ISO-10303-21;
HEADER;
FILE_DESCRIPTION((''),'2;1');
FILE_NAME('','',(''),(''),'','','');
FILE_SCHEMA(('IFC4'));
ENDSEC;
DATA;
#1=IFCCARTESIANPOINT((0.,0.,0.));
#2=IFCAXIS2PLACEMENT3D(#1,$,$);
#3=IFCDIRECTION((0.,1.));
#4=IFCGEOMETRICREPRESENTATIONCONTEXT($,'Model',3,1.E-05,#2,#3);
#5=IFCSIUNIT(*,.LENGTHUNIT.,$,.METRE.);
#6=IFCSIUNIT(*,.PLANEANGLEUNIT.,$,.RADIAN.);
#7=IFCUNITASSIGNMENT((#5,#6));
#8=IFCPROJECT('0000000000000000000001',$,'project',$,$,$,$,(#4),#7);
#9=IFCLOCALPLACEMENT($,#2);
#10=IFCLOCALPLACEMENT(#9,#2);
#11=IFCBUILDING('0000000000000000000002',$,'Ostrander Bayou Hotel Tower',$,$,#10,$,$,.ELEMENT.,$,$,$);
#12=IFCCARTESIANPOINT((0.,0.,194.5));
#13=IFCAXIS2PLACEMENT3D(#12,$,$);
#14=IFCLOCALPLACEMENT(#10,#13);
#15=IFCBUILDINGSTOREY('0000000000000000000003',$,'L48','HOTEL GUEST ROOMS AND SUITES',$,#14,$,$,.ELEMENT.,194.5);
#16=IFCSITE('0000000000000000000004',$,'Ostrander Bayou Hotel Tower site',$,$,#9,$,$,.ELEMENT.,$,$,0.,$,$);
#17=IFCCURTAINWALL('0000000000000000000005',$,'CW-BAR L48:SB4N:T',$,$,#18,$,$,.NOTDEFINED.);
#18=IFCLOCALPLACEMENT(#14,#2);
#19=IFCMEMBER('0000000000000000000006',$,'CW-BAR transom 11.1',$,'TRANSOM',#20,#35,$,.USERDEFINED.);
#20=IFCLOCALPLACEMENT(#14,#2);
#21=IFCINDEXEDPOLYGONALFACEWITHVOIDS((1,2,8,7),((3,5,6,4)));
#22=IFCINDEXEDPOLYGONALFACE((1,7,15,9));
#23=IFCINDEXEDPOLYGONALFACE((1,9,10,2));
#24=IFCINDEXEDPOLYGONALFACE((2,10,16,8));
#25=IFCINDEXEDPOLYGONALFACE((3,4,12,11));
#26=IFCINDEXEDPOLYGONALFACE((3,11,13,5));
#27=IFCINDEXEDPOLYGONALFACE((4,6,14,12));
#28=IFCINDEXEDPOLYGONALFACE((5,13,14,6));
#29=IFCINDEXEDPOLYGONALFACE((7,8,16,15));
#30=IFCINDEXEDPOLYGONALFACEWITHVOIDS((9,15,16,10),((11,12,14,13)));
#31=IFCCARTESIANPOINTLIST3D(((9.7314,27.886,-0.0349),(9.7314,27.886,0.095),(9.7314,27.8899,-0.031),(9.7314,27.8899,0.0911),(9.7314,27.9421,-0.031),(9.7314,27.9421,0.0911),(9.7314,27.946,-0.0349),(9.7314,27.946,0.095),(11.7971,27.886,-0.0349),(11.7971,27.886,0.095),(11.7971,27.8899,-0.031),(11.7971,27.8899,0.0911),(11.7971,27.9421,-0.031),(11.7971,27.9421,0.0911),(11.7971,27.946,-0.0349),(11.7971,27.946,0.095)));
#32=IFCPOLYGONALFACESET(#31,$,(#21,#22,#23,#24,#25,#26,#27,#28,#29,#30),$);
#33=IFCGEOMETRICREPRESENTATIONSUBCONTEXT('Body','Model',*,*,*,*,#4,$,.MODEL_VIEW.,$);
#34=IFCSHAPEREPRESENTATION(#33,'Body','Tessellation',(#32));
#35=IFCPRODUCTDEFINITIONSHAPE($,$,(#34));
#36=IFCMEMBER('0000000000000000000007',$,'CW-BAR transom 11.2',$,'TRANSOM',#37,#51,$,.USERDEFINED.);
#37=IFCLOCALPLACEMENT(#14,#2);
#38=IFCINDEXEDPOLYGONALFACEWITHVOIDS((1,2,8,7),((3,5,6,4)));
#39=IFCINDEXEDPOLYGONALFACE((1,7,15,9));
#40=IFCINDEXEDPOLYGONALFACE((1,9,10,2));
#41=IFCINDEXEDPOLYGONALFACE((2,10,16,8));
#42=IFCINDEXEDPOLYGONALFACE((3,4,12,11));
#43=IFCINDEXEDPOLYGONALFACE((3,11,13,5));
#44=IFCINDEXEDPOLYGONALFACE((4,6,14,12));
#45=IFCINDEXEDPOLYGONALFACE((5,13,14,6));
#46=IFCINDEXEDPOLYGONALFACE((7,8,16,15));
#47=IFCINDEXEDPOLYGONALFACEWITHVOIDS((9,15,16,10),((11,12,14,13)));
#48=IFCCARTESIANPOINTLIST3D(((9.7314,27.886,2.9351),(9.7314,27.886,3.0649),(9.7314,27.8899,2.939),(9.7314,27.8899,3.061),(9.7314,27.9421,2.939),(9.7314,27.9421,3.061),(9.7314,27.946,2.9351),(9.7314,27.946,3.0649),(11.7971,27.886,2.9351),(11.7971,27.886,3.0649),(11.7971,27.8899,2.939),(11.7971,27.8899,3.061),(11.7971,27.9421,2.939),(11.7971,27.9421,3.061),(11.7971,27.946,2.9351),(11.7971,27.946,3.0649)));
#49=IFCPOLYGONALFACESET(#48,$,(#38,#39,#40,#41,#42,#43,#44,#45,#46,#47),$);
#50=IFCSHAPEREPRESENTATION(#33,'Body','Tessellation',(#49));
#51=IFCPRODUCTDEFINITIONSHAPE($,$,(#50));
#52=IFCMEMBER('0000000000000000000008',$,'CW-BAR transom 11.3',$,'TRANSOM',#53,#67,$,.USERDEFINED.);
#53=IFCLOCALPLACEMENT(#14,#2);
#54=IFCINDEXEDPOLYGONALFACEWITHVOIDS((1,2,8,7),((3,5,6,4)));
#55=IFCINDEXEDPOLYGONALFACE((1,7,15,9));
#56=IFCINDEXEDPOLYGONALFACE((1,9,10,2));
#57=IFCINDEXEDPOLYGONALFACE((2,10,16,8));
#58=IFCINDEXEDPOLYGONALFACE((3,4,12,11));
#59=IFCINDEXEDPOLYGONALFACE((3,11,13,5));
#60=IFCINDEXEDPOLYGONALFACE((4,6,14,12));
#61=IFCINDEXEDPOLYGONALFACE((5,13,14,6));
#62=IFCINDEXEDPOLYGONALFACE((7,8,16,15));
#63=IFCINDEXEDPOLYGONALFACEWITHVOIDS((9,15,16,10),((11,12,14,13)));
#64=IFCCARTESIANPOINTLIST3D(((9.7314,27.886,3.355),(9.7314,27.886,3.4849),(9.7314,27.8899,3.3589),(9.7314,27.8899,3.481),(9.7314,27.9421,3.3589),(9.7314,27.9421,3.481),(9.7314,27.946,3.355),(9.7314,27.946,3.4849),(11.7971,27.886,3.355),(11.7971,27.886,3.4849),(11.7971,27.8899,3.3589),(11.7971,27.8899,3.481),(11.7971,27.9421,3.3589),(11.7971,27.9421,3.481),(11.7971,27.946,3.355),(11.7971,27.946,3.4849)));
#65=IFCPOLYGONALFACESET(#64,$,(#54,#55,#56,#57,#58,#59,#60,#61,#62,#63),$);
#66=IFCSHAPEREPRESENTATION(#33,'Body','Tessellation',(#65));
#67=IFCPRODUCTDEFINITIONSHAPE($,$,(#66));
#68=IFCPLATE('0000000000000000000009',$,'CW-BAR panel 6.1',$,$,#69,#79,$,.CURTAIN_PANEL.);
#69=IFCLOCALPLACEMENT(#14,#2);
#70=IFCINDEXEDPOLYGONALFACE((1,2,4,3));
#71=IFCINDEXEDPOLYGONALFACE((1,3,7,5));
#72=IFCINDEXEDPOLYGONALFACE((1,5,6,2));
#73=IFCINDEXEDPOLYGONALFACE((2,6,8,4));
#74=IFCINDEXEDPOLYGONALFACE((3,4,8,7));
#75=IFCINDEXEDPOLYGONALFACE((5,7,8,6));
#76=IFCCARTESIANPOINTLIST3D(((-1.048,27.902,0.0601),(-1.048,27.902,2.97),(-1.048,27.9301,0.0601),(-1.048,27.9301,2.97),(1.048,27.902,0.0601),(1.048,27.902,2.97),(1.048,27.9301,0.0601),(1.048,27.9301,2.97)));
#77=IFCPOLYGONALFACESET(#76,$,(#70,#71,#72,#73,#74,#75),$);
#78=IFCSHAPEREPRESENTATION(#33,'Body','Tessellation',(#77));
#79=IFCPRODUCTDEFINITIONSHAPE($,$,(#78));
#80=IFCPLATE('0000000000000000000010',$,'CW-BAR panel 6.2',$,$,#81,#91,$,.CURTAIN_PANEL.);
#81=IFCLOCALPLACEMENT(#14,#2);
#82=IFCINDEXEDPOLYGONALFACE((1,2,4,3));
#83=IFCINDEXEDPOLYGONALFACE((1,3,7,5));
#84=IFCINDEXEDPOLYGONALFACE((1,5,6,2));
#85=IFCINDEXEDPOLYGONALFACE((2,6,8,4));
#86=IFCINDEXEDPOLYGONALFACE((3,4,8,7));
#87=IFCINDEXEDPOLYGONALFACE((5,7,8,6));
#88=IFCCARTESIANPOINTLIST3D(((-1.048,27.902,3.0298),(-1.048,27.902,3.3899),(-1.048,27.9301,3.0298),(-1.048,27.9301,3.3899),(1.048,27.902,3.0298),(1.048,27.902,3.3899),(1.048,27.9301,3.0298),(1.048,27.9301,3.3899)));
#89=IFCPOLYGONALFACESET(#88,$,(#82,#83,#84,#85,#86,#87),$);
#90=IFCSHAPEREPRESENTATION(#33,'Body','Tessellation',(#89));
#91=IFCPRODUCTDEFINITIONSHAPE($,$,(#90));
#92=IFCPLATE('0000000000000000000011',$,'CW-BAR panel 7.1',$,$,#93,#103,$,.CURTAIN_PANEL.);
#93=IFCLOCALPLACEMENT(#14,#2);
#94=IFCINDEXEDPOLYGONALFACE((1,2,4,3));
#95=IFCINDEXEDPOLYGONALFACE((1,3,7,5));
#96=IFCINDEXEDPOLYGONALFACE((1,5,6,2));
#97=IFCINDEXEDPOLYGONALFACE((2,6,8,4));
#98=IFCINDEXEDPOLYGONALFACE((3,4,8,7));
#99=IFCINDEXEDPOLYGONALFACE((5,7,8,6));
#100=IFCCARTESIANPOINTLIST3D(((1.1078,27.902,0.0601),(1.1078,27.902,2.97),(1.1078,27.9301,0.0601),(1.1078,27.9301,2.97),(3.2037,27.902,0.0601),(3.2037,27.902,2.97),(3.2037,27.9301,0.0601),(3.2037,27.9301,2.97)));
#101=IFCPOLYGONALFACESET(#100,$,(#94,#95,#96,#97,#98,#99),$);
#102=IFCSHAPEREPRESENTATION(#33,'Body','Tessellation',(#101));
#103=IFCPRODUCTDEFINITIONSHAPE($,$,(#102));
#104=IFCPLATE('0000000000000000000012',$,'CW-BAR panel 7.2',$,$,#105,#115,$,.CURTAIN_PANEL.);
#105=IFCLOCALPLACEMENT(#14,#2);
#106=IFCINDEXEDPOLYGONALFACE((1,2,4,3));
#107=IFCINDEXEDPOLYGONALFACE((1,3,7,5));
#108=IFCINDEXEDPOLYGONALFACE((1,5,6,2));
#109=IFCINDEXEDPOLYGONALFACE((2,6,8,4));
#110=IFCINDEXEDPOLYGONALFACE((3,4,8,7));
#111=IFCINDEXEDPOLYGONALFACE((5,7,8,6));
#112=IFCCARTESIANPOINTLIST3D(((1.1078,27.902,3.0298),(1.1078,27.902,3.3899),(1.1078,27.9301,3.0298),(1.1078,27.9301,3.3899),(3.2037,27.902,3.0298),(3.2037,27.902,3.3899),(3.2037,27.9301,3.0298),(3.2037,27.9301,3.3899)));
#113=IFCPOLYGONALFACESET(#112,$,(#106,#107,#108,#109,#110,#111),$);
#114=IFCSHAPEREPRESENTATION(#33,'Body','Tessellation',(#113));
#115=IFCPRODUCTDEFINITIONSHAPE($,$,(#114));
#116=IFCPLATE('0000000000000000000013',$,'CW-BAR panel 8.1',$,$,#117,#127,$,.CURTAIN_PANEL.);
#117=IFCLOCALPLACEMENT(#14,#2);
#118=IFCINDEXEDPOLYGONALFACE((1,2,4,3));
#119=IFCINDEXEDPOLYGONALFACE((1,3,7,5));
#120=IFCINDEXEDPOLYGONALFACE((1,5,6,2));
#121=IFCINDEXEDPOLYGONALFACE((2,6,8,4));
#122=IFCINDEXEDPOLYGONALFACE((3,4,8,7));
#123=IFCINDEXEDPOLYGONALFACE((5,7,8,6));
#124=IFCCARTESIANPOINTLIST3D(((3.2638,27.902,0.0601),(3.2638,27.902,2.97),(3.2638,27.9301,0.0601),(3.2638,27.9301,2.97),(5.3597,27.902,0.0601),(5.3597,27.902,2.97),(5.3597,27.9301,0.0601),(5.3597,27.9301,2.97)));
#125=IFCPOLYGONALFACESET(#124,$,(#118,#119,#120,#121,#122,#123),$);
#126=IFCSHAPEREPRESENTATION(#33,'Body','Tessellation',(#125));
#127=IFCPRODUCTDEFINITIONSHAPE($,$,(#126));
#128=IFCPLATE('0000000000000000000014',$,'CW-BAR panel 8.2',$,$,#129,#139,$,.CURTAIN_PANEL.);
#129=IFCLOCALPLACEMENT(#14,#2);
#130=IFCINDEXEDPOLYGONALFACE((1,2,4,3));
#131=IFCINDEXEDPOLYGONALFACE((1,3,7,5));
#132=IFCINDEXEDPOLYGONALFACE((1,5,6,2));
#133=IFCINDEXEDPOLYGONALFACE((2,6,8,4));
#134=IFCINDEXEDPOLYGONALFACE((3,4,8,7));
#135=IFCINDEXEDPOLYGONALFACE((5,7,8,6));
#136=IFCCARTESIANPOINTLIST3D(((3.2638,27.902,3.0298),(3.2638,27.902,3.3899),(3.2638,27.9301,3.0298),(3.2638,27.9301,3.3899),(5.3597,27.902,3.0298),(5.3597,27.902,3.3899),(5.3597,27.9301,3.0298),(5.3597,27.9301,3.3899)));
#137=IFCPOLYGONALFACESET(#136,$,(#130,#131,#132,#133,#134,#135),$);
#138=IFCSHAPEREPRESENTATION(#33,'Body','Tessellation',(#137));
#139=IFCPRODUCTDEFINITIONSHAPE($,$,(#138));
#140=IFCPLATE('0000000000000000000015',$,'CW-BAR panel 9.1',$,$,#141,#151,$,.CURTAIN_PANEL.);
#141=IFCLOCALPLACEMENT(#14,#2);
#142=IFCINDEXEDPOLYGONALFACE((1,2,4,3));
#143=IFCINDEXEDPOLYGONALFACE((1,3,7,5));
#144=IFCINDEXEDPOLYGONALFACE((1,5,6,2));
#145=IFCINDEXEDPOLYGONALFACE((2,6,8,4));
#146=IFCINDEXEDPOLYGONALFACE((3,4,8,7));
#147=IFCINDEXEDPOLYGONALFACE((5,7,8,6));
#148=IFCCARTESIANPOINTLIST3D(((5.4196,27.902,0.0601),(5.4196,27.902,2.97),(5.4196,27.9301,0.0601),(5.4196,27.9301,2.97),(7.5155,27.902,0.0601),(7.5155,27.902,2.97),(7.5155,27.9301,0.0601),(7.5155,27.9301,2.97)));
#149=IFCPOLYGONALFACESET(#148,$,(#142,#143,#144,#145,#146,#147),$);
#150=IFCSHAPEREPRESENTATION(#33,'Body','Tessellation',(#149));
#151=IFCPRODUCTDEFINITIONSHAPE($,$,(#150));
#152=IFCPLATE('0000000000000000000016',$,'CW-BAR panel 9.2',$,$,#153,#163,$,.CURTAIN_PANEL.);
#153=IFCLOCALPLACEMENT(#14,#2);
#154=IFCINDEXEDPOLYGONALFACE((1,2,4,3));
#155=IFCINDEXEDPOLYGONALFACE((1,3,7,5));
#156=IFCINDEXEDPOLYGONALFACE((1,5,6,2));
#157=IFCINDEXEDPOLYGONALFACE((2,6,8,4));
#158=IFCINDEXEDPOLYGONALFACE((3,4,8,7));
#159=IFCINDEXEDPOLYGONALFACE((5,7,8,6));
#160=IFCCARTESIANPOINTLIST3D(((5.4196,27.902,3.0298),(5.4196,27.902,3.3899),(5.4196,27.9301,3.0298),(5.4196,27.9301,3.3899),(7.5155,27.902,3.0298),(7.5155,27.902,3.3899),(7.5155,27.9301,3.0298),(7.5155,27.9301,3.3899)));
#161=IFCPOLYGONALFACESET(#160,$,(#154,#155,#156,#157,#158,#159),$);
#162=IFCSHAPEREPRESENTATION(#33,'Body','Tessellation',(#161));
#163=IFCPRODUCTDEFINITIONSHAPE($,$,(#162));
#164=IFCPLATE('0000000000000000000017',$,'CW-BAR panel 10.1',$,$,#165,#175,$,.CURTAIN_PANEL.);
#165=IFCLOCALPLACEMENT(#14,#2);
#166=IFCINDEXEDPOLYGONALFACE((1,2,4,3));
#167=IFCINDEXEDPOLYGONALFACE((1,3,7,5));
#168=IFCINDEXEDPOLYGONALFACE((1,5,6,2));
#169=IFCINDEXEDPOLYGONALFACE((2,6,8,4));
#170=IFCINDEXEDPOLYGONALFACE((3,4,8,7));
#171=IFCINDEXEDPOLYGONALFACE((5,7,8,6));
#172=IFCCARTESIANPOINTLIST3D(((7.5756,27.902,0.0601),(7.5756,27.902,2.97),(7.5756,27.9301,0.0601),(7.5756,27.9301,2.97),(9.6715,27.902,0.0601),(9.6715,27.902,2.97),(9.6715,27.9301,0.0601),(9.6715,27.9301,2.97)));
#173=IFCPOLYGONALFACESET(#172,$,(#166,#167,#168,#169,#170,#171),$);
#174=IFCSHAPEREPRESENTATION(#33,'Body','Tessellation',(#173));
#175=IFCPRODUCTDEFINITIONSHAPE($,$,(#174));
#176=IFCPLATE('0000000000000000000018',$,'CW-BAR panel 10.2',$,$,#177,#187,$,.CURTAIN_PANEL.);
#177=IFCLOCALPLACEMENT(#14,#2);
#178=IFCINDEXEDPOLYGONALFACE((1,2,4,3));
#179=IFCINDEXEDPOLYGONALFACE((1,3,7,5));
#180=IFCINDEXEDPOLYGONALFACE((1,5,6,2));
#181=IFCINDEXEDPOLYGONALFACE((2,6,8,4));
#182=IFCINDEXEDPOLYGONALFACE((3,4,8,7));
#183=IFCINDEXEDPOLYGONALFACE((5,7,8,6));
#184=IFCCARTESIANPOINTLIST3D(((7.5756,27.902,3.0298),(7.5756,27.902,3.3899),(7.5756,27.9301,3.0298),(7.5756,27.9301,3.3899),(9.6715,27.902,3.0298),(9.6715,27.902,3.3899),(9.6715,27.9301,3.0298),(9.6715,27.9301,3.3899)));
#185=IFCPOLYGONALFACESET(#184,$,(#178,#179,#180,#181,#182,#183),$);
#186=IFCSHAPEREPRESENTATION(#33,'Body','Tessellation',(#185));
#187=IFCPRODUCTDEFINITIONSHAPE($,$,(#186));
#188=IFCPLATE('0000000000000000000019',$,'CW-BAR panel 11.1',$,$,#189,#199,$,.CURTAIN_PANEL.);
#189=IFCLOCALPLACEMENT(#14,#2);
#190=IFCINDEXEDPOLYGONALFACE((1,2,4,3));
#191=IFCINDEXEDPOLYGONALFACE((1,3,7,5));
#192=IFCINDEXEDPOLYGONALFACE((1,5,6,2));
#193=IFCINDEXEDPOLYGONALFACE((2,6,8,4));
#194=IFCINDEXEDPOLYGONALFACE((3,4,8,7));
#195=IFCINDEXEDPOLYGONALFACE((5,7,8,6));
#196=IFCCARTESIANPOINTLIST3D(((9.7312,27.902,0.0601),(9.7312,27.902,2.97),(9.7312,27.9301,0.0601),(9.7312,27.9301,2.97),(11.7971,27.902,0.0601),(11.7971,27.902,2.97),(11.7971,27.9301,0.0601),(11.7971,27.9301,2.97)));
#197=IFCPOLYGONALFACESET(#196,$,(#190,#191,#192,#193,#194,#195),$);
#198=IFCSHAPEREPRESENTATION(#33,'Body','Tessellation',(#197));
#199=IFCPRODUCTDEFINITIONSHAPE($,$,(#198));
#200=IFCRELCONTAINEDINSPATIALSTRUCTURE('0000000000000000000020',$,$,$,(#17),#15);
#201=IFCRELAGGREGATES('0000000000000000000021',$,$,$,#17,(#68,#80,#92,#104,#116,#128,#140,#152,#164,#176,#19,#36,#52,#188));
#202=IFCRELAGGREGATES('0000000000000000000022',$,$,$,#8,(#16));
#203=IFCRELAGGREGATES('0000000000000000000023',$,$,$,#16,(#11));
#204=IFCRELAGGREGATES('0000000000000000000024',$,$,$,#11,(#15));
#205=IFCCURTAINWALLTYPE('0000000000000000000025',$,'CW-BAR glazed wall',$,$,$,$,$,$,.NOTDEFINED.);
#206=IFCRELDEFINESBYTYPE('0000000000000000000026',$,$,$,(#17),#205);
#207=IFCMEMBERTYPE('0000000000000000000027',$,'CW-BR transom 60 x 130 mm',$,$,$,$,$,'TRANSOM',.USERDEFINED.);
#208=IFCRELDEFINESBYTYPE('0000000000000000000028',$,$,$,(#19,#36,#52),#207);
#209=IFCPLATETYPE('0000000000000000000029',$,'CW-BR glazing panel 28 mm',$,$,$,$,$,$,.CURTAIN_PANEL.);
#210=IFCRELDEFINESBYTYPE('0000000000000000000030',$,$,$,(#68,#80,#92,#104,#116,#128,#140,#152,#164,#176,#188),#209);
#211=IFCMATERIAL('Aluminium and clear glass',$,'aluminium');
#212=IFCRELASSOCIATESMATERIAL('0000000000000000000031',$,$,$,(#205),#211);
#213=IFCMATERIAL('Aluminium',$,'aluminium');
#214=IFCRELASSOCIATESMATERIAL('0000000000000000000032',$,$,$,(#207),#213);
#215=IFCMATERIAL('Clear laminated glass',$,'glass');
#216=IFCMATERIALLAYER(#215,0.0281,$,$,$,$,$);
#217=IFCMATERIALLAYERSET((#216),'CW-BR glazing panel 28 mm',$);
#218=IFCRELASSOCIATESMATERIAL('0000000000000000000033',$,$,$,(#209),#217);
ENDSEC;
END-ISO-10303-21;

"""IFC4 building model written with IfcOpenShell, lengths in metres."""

from ifc_helpers import new_model, si_unit, direction, frame, origin, origin_2d, place, context, subcontext, project, spatial, rectangle, hollow_rectangle, extrude, material, layer, layer_set, material_profile, profile_set, type_object, element, aggregate, save


model = new_model("IFC4")

# Units and contexts
model_context = context("Model", 3, precision=1e-05, world=origin(), true_north=direction((0.0, 1.0)))
body_context = subcontext(model_context, "Body", "Model", "MODEL_VIEW")
ifc_project = project(units=[si_unit("LENGTHUNIT", "METRE"), si_unit("PLANEANGLEUNIT", "RADIAN")], contexts=[model_context])

# Site, building, storey
site_placement = place(None, origin())
site = spatial("IfcSite", under=ifc_project, at=site_placement, Name="Ostrander Bayou Hotel Tower site", CompositionType="ELEMENT", RefElevation=0.0)
building_placement = place(site_placement, origin())
building = spatial("IfcBuilding", under=site, at=building_placement, Name="Ostrander Bayou Hotel Tower", CompositionType="ELEMENT")
storey_placement = place(building_placement, frame((0.0, 0.0, 194.5)))
storey = spatial("IfcBuildingStorey", under=building, at=storey_placement, Name="L48", Description="HOTEL GUEST ROOMS AND SUITES", CompositionType="ELEMENT", Elevation=194.5)

# Curtain wall, members, plates
ifc_material_1 = material(Name="Aluminium and clear glass", Category="aluminium")
curtain_wall_type = type_object("IfcCurtainWallType", Name="CW-BAR glazed wall", PredefinedType="NOTDEFINED", material=ifc_material_1)
curtain_wall_placement = place(storey_placement, origin())
curtain_wall = element("IfcCurtainWall", 1, at=curtain_wall_placement, inside=storey, type_object=curtain_wall_type, Name="CW-BAR L48:SB4N:T", PredefinedType="NOTDEFINED")
ifc_material_2 = material(Name="Aluminium", Category="aluminium")
ifc_material_profile_1 = material_profile(ifc_material_2, hollow_rectangle(XDim=0.0601, YDim=0.1299, WallThickness=0.0039, at=origin_2d()))
ifc_profile_set_1 = profile_set([ifc_material_profile_1], Name="Aluminium")
member_type_1 = type_object("IfcMemberType", Name="CW-BR transom 60 x 130 mm", ElementType="TRANSOM", PredefinedType="USERDEFINED", material=ifc_profile_set_1)
member_1_placement = place(storey_placement, frame((9.7314, 27.916, 0.03), z_axis=(1.0, 0.0, 0.0), x_axis=(0.0, 1.0, 0.0)))
member_1 = element("IfcMember", 2, at=member_1_placement, type_object=member_type_1, Name="CW-BAR transom 11.1", ObjectType="TRANSOM", PredefinedType="USERDEFINED", context=body_context, shape_type="SweptSolid", body=[
    extrude(hollow_rectangle(XDim=0.0601, YDim=0.1299, WallThickness=0.0039, at=origin_2d()), origin(), (0.0, 0.0, 1.0), 2.0657),
])
member_2_placement = place(storey_placement, frame((9.7314, 27.916, 3.0), z_axis=(1.0, 0.0, 0.0), x_axis=(0.0, 1.0, 0.0)))
member_2 = element("IfcMember", 3, at=member_2_placement, type_object=member_type_1, Name="CW-BAR transom 11.2", ObjectType="TRANSOM", PredefinedType="USERDEFINED", context=body_context, shape_type="SweptSolid", body=[
    extrude(hollow_rectangle(XDim=0.0601, YDim=0.1299, WallThickness=0.0039, at=origin_2d()), origin(), (0.0, 0.0, 1.0), 2.0657),
])
member_3_placement = place(storey_placement, frame((9.7314, 27.916, 3.4199), z_axis=(1.0, 0.0, 0.0), x_axis=(0.0, 1.0, 0.0)))
member_3 = element("IfcMember", 4, at=member_3_placement, type_object=member_type_1, Name="CW-BAR transom 11.3", ObjectType="TRANSOM", PredefinedType="USERDEFINED", context=body_context, shape_type="SweptSolid", body=[
    extrude(hollow_rectangle(XDim=0.0601, YDim=0.1299, WallThickness=0.0039, at=origin_2d()), origin(), (0.0, 0.0, 1.0), 2.0657),
])
ifc_material_3 = material(Name="Clear laminated glass", Category="glass")
ifc_layer_1 = layer(ifc_material_3, 0.0281)
ifc_layer_set_1 = layer_set([ifc_layer_1], Name="CW-BR glazing panel 28 mm")
plate_type = type_object("IfcPlateType", Name="CW-BR glazing panel 28 mm", PredefinedType="CURTAIN_PANEL", material=ifc_layer_set_1)
plate_1_placement = place(storey_placement, frame((0.0, 27.916, 0.0601), z_axis=(0.0, 0.0, 1.0), x_axis=(1.0, 0.0, 0.0)))
plate_1 = element("IfcPlate", 5, at=plate_1_placement, type_object=plate_type, Name="CW-BAR panel 6.1", PredefinedType="CURTAIN_PANEL", context=body_context, shape_type="SweptSolid", body=[
    extrude(rectangle(XDim=2.0959, YDim=0.0281, at=origin_2d()), origin(), (0.0, 0.0, 1.0), 2.9099),
])
plate_2_placement = place(storey_placement, frame((0.0, 27.916, 3.0298), z_axis=(0.0, 0.0, 1.0), x_axis=(1.0, 0.0, 0.0)))
plate_2 = element("IfcPlate", 6, at=plate_2_placement, type_object=plate_type, Name="CW-BAR panel 6.2", PredefinedType="CURTAIN_PANEL", context=body_context, shape_type="SweptSolid", body=[
    extrude(rectangle(XDim=2.0959, YDim=0.0281, at=origin_2d()), origin(), (0.0, 0.0, 1.0), 0.3601),
])
plate_3_placement = place(storey_placement, frame((2.1558, 27.916, 0.0601), z_axis=(0.0, 0.0, 1.0), x_axis=(1.0, 0.0, 0.0)))
plate_3 = element("IfcPlate", 7, at=plate_3_placement, type_object=plate_type, Name="CW-BAR panel 7.1", PredefinedType="CURTAIN_PANEL", context=body_context, shape_type="SweptSolid", body=[
    extrude(rectangle(XDim=2.0959, YDim=0.0281, at=origin_2d()), origin(), (0.0, 0.0, 1.0), 2.9099),
])
plate_4_placement = place(storey_placement, frame((2.1558, 27.916, 3.0298), z_axis=(0.0, 0.0, 1.0), x_axis=(1.0, 0.0, 0.0)))
plate_4 = element("IfcPlate", 8, at=plate_4_placement, type_object=plate_type, Name="CW-BAR panel 7.2", PredefinedType="CURTAIN_PANEL", context=body_context, shape_type="SweptSolid", body=[
    extrude(rectangle(XDim=2.0959, YDim=0.0281, at=origin_2d()), origin(), (0.0, 0.0, 1.0), 0.3601),
])
plate_5_placement = place(storey_placement, frame((4.3118, 27.916, 0.0601), z_axis=(0.0, 0.0, 1.0), x_axis=(1.0, 0.0, 0.0)))
plate_5 = element("IfcPlate", 9, at=plate_5_placement, type_object=plate_type, Name="CW-BAR panel 8.1", PredefinedType="CURTAIN_PANEL", context=body_context, shape_type="SweptSolid", body=[
    extrude(rectangle(XDim=2.0959, YDim=0.0281, at=origin_2d()), origin(), (0.0, 0.0, 1.0), 2.9099),
])
plate_6_placement = place(storey_placement, frame((4.3118, 27.916, 3.0298), z_axis=(0.0, 0.0, 1.0), x_axis=(1.0, 0.0, 0.0)))
plate_6 = element("IfcPlate", 10, at=plate_6_placement, type_object=plate_type, Name="CW-BAR panel 8.2", PredefinedType="CURTAIN_PANEL", context=body_context, shape_type="SweptSolid", body=[
    extrude(rectangle(XDim=2.0959, YDim=0.0281, at=origin_2d()), origin(), (0.0, 0.0, 1.0), 0.3601),
])
plate_7_placement = place(storey_placement, frame((6.4675, 27.916, 0.0601), z_axis=(0.0, 0.0, 1.0), x_axis=(1.0, 0.0, 0.0)))
plate_7 = element("IfcPlate", 11, at=plate_7_placement, type_object=plate_type, Name="CW-BAR panel 9.1", PredefinedType="CURTAIN_PANEL", context=body_context, shape_type="SweptSolid", body=[
    extrude(rectangle(XDim=2.0959, YDim=0.0281, at=origin_2d()), origin(), (0.0, 0.0, 1.0), 2.9099),
])
plate_8_placement = place(storey_placement, frame((6.4675, 27.916, 3.0298), z_axis=(0.0, 0.0, 1.0), x_axis=(1.0, 0.0, 0.0)))
plate_8 = element("IfcPlate", 12, at=plate_8_placement, type_object=plate_type, Name="CW-BAR panel 9.2", PredefinedType="CURTAIN_PANEL", context=body_context, shape_type="SweptSolid", body=[
    extrude(rectangle(XDim=2.0959, YDim=0.0281, at=origin_2d()), origin(), (0.0, 0.0, 1.0), 0.3601),
])
plate_9_placement = place(storey_placement, frame((8.6235, 27.916, 0.0601), z_axis=(0.0, 0.0, 1.0), x_axis=(1.0, 0.0, 0.0)))
plate_9 = element("IfcPlate", 13, at=plate_9_placement, type_object=plate_type, Name="CW-BAR panel 10.1", PredefinedType="CURTAIN_PANEL", context=body_context, shape_type="SweptSolid", body=[
    extrude(rectangle(XDim=2.0959, YDim=0.0281, at=origin_2d()), origin(), (0.0, 0.0, 1.0), 2.9099),
])
plate_10_placement = place(storey_placement, frame((8.6235, 27.916, 3.0298), z_axis=(0.0, 0.0, 1.0), x_axis=(1.0, 0.0, 0.0)))
plate_10 = element("IfcPlate", 14, at=plate_10_placement, type_object=plate_type, Name="CW-BAR panel 10.2", PredefinedType="CURTAIN_PANEL", context=body_context, shape_type="SweptSolid", body=[
    extrude(rectangle(XDim=2.0959, YDim=0.0281, at=origin_2d()), origin(), (0.0, 0.0, 1.0), 0.3601),
])
plate_11_placement = place(storey_placement, frame((10.7642, 27.916, 0.0601), z_axis=(0.0, 0.0, 1.0), x_axis=(1.0, 0.0, 0.0)))
plate_11 = element("IfcPlate", 15, at=plate_11_placement, type_object=plate_type, Name="CW-BAR panel 11.1", PredefinedType="CURTAIN_PANEL", context=body_context, shape_type="SweptSolid", body=[
    extrude(rectangle(XDim=2.0659, YDim=0.0281, at=origin_2d()), origin(), (0.0, 0.0, 1.0), 2.9099),
])
aggregate(curtain_wall, [plate_1, plate_2, plate_3, plate_4, plate_5, plate_6, plate_7, plate_8, plate_9, plate_10, member_1, member_2, member_3, plate_11])

save(model, "model.ifc")
